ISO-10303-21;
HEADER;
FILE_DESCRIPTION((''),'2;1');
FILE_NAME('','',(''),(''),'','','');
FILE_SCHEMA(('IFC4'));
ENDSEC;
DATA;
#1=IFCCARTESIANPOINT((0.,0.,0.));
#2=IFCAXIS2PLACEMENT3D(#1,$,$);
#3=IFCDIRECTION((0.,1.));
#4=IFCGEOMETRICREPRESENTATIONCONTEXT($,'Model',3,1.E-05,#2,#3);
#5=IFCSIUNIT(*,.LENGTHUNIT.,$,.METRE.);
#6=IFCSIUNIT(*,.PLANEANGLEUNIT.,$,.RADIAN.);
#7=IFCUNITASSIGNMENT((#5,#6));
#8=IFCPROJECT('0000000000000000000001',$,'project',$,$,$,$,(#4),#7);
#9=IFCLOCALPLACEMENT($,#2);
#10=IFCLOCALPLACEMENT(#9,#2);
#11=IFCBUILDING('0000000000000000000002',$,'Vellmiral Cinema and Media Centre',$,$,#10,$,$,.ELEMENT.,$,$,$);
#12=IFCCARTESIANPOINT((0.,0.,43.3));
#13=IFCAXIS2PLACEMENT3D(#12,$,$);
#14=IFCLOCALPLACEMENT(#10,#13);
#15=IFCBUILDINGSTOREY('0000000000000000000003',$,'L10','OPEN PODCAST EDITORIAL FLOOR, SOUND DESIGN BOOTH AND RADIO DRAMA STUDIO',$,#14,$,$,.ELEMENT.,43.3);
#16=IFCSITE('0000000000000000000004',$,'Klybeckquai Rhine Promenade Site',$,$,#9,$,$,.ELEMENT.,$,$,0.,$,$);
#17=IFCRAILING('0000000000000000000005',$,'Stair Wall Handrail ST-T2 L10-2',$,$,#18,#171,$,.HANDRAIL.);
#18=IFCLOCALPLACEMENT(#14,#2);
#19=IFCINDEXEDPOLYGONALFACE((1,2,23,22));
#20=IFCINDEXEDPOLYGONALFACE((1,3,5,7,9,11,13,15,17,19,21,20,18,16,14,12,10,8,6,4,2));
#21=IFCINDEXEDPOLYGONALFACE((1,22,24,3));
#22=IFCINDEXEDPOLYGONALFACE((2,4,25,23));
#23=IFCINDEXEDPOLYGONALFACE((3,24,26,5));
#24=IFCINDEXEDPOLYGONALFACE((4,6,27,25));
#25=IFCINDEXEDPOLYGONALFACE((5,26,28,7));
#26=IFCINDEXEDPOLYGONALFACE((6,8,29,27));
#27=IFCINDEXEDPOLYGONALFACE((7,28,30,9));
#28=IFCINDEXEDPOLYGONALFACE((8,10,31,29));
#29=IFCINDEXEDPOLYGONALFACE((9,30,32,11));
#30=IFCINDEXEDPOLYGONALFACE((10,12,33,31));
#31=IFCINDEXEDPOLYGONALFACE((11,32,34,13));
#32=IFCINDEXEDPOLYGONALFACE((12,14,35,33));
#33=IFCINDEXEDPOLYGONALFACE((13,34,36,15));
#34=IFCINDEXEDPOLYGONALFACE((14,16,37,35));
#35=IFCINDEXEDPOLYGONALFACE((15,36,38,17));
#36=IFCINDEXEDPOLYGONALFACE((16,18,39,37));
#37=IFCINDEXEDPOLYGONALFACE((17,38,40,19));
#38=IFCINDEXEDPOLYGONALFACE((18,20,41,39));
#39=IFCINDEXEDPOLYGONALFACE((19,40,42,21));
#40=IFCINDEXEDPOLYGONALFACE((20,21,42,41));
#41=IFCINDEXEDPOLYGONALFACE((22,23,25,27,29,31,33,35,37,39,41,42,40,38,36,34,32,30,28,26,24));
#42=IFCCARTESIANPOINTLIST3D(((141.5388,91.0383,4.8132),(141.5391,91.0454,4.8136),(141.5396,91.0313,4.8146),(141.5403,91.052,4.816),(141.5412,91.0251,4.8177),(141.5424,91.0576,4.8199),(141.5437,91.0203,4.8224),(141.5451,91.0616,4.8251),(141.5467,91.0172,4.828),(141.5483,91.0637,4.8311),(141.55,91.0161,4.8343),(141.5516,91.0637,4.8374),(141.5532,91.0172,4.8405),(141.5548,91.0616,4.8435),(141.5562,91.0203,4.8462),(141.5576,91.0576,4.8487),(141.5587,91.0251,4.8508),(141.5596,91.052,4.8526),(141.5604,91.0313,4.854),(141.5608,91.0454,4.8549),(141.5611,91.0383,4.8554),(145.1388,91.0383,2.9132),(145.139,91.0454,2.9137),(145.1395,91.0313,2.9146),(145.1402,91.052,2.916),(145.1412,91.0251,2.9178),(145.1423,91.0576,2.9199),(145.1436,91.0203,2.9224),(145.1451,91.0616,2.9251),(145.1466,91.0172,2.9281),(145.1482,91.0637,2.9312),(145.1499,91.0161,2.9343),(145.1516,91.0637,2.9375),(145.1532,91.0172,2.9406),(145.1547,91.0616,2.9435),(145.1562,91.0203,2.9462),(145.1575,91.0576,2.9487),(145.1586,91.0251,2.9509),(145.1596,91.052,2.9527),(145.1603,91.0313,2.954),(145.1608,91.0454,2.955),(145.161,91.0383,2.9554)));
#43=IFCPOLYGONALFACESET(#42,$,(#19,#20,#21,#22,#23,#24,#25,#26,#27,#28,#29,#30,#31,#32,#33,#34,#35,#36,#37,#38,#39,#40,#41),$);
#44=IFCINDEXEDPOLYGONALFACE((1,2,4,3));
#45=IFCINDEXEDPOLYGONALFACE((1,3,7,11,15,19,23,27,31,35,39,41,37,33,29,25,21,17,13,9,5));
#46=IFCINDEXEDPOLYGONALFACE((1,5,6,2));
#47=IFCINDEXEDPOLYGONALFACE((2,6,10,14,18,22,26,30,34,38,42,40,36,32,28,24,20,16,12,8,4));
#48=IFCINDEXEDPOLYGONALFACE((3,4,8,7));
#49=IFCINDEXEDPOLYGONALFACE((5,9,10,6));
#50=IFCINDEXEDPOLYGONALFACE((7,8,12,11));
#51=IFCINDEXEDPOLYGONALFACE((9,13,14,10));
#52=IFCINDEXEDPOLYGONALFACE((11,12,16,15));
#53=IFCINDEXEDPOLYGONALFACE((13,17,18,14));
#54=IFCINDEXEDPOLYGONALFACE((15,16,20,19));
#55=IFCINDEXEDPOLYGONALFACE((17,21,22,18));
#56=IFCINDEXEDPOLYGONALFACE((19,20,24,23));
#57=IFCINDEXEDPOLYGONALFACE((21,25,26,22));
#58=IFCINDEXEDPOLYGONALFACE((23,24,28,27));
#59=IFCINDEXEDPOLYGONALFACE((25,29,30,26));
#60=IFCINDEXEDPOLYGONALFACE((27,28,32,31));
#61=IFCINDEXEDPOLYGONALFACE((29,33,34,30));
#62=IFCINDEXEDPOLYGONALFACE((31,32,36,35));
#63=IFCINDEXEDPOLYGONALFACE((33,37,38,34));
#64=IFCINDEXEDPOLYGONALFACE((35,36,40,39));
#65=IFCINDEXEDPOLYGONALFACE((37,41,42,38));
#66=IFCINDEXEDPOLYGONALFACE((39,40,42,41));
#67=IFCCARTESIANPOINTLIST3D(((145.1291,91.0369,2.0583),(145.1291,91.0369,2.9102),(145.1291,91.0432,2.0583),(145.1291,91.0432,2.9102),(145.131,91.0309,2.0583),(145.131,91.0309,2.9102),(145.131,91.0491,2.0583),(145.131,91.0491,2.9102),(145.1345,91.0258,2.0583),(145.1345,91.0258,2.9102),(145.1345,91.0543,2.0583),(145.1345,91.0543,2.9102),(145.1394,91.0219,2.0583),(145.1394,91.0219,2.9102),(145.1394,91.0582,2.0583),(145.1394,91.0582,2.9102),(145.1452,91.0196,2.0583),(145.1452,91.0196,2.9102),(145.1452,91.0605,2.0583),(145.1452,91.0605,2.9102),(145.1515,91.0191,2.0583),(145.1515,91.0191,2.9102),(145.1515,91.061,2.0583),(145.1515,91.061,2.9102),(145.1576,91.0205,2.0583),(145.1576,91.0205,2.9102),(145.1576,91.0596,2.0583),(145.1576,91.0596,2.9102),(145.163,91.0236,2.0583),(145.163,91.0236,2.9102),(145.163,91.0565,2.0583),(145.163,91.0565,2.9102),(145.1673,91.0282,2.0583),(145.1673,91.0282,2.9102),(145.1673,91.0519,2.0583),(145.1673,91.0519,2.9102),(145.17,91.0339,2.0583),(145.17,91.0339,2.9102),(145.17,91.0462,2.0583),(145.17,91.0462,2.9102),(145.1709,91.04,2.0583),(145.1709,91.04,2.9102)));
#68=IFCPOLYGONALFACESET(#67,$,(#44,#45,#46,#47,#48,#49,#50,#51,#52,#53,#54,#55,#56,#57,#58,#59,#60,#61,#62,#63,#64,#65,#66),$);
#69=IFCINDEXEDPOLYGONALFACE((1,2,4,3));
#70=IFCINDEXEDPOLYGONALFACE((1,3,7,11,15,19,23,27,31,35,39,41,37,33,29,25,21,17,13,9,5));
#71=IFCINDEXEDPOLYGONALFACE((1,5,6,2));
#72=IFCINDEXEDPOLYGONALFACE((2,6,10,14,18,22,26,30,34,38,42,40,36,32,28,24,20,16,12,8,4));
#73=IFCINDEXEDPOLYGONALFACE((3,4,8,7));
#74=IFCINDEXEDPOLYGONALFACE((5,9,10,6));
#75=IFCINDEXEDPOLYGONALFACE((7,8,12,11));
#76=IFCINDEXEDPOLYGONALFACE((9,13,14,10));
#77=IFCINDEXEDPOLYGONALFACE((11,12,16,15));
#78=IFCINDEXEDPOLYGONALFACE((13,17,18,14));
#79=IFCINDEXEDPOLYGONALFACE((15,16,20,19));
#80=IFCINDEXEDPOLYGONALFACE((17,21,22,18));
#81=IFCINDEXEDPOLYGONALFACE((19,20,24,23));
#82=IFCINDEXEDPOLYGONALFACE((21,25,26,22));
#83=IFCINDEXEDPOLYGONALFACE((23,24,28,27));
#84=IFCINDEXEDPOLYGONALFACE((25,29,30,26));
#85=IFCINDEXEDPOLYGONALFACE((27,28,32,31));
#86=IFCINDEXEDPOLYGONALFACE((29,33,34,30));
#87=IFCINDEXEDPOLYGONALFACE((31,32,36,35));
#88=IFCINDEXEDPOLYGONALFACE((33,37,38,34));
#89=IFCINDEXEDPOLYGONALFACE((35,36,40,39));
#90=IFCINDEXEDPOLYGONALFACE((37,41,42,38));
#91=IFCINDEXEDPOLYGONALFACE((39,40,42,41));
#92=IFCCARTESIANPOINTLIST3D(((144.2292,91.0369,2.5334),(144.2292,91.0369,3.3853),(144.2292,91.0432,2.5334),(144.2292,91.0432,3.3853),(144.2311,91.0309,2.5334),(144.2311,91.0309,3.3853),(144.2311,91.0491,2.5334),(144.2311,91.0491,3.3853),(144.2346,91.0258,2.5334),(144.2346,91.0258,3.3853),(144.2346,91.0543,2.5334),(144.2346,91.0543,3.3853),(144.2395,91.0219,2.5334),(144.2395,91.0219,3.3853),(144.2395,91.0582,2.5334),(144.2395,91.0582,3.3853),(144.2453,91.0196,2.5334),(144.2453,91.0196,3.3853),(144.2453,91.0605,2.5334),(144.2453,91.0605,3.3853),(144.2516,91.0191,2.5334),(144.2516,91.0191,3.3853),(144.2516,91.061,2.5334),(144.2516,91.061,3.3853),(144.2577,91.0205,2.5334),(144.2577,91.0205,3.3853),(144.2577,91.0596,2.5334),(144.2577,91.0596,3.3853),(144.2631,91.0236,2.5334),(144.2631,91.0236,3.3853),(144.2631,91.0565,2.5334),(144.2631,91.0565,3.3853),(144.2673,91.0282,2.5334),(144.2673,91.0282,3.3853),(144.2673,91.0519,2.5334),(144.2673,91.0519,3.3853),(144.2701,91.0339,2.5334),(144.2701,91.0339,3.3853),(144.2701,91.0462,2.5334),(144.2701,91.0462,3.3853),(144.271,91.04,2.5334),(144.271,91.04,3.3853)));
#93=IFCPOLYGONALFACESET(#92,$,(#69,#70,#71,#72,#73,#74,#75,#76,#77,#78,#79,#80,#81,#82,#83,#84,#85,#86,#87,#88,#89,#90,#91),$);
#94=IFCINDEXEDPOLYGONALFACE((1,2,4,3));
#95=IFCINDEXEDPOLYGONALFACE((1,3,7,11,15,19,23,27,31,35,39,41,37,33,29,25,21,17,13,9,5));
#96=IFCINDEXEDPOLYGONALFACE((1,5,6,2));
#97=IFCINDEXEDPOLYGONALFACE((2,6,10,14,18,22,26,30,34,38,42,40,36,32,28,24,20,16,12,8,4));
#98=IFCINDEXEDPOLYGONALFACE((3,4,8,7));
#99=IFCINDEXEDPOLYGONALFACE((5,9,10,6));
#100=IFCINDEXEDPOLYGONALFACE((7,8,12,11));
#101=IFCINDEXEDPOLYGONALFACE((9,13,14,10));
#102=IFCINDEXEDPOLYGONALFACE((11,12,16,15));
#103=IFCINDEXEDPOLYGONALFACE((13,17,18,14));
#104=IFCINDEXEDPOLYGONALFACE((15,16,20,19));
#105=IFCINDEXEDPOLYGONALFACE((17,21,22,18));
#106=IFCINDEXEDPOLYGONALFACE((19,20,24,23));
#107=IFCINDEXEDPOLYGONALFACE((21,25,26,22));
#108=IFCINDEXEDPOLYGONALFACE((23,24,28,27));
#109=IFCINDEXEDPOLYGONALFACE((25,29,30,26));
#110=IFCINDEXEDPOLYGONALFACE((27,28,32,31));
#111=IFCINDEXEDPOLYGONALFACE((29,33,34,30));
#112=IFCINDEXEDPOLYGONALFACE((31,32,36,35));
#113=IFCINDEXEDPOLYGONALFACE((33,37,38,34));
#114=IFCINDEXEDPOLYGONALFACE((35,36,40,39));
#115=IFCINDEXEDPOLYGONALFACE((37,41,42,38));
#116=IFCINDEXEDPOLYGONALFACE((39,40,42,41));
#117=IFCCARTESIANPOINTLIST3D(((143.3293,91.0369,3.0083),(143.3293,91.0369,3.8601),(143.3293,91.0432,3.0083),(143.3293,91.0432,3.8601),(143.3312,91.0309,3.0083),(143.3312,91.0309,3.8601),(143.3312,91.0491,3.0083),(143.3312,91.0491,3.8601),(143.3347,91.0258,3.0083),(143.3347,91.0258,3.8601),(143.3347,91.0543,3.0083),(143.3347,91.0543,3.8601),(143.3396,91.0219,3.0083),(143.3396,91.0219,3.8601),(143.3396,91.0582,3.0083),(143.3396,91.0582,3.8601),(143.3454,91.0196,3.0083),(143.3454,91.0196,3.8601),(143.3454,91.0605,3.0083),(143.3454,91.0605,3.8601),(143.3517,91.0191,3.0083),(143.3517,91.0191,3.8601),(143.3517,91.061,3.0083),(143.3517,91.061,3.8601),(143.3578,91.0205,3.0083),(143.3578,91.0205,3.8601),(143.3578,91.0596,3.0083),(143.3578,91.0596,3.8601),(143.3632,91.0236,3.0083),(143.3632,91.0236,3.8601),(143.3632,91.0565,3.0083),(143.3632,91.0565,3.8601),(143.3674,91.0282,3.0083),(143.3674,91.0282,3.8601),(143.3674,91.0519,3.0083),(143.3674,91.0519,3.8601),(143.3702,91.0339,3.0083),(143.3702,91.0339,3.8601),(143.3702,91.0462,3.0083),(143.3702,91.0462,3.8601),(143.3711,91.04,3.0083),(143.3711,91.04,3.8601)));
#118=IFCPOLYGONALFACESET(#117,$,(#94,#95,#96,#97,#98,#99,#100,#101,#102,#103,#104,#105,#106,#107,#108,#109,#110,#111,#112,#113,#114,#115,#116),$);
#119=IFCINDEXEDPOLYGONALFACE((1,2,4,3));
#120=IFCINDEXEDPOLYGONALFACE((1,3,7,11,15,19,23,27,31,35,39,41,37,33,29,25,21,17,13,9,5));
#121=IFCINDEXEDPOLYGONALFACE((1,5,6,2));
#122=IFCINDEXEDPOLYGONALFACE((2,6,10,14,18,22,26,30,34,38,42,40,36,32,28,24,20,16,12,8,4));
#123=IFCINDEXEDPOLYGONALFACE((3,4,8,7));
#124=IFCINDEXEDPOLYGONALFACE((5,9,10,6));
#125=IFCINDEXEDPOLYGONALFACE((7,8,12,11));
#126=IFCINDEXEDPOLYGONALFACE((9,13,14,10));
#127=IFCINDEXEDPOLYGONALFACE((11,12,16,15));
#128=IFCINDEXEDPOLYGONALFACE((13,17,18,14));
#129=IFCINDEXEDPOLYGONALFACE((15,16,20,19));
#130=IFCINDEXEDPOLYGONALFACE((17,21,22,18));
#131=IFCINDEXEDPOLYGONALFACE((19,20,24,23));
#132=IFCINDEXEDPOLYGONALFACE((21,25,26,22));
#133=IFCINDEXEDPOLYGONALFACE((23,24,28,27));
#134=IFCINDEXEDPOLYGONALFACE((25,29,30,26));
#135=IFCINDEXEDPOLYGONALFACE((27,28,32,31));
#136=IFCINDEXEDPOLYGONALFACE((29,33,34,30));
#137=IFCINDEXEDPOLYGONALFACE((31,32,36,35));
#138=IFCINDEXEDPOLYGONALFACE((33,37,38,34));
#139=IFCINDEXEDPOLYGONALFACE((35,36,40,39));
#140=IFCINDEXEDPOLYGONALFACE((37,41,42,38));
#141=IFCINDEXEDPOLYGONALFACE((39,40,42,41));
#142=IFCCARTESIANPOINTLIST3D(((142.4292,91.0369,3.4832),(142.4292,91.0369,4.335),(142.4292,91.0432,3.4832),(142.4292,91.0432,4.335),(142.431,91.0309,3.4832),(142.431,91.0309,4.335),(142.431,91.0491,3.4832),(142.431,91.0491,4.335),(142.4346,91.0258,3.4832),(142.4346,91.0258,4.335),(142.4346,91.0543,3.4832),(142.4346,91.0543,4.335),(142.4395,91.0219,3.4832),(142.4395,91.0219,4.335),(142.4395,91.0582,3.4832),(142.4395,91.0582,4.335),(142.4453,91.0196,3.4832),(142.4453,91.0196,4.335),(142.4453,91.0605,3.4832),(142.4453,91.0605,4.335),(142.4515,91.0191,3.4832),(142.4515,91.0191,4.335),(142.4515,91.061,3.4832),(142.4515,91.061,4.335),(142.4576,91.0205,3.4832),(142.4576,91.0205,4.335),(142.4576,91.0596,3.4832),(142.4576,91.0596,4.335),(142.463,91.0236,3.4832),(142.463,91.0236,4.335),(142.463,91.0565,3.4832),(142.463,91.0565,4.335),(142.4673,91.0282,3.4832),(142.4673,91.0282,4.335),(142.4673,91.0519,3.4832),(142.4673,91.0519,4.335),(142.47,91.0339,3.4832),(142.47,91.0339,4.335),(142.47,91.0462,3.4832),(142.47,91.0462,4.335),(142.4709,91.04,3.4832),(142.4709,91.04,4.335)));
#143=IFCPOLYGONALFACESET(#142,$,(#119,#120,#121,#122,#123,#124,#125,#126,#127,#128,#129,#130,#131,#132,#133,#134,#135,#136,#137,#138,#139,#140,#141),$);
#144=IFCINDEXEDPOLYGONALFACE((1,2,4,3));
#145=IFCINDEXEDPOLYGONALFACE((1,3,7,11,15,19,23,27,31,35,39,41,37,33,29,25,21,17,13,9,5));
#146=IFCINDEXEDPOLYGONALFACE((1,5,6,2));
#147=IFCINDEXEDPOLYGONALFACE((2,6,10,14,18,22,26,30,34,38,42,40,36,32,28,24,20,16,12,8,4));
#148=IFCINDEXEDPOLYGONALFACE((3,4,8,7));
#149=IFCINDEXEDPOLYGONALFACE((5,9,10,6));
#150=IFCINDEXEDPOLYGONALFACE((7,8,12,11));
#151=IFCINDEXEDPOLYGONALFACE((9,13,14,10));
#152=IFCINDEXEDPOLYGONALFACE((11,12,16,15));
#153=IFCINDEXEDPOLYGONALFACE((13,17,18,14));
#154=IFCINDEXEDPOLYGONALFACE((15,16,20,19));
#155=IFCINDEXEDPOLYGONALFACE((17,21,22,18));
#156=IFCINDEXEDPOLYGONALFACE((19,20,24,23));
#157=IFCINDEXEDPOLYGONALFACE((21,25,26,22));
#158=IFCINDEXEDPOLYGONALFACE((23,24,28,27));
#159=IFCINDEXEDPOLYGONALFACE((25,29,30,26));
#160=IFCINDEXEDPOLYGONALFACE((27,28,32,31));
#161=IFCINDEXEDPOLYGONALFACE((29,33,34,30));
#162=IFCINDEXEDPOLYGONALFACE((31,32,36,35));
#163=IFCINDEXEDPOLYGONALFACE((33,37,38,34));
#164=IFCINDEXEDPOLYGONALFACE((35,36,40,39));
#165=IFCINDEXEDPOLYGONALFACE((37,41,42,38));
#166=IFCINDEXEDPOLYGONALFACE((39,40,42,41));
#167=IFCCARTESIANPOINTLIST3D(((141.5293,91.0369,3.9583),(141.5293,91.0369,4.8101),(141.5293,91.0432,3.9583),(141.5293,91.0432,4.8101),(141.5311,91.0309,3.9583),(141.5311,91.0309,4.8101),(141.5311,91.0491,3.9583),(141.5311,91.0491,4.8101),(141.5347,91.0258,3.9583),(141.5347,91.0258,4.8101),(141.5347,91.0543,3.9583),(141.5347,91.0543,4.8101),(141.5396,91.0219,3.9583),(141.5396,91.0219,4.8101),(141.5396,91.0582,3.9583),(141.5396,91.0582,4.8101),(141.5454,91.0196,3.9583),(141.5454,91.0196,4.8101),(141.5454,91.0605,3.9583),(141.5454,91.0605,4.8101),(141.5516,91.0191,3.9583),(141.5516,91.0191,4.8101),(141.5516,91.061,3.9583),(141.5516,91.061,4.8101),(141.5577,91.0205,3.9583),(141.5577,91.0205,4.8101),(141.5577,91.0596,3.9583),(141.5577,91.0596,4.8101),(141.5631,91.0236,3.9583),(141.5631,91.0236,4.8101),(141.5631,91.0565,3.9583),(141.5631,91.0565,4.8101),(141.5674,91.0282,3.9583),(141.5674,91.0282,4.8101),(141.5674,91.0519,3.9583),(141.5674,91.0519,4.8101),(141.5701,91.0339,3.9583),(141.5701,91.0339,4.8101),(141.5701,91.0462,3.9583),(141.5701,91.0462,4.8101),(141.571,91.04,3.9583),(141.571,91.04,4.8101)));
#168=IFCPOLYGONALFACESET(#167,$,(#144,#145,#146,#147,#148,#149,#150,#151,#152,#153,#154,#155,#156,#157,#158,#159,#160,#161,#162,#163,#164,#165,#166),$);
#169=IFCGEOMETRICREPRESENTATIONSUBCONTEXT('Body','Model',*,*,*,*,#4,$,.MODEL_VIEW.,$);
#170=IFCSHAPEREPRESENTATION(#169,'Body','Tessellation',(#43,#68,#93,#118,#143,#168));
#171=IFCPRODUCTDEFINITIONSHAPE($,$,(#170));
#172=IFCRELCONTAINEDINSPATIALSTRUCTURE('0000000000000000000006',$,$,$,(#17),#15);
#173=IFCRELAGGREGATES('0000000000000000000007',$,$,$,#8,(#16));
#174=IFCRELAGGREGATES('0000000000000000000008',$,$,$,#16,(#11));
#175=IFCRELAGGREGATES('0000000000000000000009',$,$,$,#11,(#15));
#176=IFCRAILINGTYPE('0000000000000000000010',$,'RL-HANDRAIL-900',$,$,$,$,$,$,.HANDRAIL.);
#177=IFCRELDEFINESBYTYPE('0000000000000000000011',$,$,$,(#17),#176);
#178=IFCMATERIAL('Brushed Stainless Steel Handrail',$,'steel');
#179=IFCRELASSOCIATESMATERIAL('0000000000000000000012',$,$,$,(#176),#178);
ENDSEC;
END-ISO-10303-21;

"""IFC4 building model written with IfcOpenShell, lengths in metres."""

from ifc_helpers import new_model, si_unit, direction, frame, origin, origin_2d, place, context, subcontext, project, spatial, circle, extrude, material, type_object, element, save


model = new_model("IFC4")

# Units and contexts
model_context = context("Model", 3, precision=1e-05, world=origin(), true_north=direction((0.0, 1.0)))
body_context = subcontext(model_context, "Body", "Model", "MODEL_VIEW")
ifc_project = project(units=[si_unit("LENGTHUNIT", "METRE"), si_unit("PLANEANGLEUNIT", "RADIAN")], contexts=[model_context])

# Site, building, storey
site_placement = place(None, origin())
site = spatial("IfcSite", under=ifc_project, at=site_placement, Name="Klybeckquai Rhine Promenade Site", CompositionType="ELEMENT", RefElevation=0.0)
building_placement = place(site_placement, origin())
building = spatial("IfcBuilding", under=site, at=building_placement, Name="Vellmiral Cinema and Media Centre", CompositionType="ELEMENT")
storey_placement = place(building_placement, frame((0.0, 0.0, 43.3)))
storey = spatial("IfcBuildingStorey", under=building, at=storey_placement, Name="L10", Description="OPEN PODCAST EDITORIAL FLOOR, SOUND DESIGN BOOTH AND RADIO DRAMA STUDIO", CompositionType="ELEMENT", Elevation=43.3)

# Railing
ifc_material_1 = material(Name="Brushed Stainless Steel Handrail", Category="steel")
railing_type_1 = type_object("IfcRailingType", Name="RL-HANDRAIL-900", PredefinedType="HANDRAIL", material=ifc_material_1)
railing_1_placement = place(storey_placement, frame((145.1499, 91.04, 2.0583)))
element("IfcRailing", 1, at=railing_1_placement, inside=storey, type_object=railing_type_1, Name="Stair Wall Handrail ST-T2 L10-2", PredefinedType="HANDRAIL", context=body_context, shape_type="SweptSolid", body=[
    extrude(circle(Radius=0.0239, at=origin_2d()), frame((0.0, 0.0, 0.876), z_axis=(-0.884387, 0.0, 0.466755), x_axis=(0.0, -1.0, 0.0)), (0.0, 0.0, 1.0), 4.0706),
    extrude(circle(Radius=0.021, at=origin_2d()), origin(), (0.0, 0.0, 1.0), 0.8518),
    extrude(circle(Radius=0.021, at=origin_2d()), frame((-0.8999, 0.0, 0.4751)), (0.0, 0.0, 1.0), 0.8518),
    extrude(circle(Radius=0.021, at=origin_2d()), frame((-1.7998, 0.0, 0.95)), (0.0, 0.0, 1.0), 0.8518),
    extrude(circle(Radius=0.021, at=origin_2d()), frame((-2.7, 0.0, 1.4248)), (0.0, 0.0, 1.0), 0.8518),
    extrude(circle(Radius=0.021, at=origin_2d()), frame((-3.5999, 0.0, 1.8999)), (0.0, 0.0, 1.0), 0.8518),
])

save(model, "model.ifc")
